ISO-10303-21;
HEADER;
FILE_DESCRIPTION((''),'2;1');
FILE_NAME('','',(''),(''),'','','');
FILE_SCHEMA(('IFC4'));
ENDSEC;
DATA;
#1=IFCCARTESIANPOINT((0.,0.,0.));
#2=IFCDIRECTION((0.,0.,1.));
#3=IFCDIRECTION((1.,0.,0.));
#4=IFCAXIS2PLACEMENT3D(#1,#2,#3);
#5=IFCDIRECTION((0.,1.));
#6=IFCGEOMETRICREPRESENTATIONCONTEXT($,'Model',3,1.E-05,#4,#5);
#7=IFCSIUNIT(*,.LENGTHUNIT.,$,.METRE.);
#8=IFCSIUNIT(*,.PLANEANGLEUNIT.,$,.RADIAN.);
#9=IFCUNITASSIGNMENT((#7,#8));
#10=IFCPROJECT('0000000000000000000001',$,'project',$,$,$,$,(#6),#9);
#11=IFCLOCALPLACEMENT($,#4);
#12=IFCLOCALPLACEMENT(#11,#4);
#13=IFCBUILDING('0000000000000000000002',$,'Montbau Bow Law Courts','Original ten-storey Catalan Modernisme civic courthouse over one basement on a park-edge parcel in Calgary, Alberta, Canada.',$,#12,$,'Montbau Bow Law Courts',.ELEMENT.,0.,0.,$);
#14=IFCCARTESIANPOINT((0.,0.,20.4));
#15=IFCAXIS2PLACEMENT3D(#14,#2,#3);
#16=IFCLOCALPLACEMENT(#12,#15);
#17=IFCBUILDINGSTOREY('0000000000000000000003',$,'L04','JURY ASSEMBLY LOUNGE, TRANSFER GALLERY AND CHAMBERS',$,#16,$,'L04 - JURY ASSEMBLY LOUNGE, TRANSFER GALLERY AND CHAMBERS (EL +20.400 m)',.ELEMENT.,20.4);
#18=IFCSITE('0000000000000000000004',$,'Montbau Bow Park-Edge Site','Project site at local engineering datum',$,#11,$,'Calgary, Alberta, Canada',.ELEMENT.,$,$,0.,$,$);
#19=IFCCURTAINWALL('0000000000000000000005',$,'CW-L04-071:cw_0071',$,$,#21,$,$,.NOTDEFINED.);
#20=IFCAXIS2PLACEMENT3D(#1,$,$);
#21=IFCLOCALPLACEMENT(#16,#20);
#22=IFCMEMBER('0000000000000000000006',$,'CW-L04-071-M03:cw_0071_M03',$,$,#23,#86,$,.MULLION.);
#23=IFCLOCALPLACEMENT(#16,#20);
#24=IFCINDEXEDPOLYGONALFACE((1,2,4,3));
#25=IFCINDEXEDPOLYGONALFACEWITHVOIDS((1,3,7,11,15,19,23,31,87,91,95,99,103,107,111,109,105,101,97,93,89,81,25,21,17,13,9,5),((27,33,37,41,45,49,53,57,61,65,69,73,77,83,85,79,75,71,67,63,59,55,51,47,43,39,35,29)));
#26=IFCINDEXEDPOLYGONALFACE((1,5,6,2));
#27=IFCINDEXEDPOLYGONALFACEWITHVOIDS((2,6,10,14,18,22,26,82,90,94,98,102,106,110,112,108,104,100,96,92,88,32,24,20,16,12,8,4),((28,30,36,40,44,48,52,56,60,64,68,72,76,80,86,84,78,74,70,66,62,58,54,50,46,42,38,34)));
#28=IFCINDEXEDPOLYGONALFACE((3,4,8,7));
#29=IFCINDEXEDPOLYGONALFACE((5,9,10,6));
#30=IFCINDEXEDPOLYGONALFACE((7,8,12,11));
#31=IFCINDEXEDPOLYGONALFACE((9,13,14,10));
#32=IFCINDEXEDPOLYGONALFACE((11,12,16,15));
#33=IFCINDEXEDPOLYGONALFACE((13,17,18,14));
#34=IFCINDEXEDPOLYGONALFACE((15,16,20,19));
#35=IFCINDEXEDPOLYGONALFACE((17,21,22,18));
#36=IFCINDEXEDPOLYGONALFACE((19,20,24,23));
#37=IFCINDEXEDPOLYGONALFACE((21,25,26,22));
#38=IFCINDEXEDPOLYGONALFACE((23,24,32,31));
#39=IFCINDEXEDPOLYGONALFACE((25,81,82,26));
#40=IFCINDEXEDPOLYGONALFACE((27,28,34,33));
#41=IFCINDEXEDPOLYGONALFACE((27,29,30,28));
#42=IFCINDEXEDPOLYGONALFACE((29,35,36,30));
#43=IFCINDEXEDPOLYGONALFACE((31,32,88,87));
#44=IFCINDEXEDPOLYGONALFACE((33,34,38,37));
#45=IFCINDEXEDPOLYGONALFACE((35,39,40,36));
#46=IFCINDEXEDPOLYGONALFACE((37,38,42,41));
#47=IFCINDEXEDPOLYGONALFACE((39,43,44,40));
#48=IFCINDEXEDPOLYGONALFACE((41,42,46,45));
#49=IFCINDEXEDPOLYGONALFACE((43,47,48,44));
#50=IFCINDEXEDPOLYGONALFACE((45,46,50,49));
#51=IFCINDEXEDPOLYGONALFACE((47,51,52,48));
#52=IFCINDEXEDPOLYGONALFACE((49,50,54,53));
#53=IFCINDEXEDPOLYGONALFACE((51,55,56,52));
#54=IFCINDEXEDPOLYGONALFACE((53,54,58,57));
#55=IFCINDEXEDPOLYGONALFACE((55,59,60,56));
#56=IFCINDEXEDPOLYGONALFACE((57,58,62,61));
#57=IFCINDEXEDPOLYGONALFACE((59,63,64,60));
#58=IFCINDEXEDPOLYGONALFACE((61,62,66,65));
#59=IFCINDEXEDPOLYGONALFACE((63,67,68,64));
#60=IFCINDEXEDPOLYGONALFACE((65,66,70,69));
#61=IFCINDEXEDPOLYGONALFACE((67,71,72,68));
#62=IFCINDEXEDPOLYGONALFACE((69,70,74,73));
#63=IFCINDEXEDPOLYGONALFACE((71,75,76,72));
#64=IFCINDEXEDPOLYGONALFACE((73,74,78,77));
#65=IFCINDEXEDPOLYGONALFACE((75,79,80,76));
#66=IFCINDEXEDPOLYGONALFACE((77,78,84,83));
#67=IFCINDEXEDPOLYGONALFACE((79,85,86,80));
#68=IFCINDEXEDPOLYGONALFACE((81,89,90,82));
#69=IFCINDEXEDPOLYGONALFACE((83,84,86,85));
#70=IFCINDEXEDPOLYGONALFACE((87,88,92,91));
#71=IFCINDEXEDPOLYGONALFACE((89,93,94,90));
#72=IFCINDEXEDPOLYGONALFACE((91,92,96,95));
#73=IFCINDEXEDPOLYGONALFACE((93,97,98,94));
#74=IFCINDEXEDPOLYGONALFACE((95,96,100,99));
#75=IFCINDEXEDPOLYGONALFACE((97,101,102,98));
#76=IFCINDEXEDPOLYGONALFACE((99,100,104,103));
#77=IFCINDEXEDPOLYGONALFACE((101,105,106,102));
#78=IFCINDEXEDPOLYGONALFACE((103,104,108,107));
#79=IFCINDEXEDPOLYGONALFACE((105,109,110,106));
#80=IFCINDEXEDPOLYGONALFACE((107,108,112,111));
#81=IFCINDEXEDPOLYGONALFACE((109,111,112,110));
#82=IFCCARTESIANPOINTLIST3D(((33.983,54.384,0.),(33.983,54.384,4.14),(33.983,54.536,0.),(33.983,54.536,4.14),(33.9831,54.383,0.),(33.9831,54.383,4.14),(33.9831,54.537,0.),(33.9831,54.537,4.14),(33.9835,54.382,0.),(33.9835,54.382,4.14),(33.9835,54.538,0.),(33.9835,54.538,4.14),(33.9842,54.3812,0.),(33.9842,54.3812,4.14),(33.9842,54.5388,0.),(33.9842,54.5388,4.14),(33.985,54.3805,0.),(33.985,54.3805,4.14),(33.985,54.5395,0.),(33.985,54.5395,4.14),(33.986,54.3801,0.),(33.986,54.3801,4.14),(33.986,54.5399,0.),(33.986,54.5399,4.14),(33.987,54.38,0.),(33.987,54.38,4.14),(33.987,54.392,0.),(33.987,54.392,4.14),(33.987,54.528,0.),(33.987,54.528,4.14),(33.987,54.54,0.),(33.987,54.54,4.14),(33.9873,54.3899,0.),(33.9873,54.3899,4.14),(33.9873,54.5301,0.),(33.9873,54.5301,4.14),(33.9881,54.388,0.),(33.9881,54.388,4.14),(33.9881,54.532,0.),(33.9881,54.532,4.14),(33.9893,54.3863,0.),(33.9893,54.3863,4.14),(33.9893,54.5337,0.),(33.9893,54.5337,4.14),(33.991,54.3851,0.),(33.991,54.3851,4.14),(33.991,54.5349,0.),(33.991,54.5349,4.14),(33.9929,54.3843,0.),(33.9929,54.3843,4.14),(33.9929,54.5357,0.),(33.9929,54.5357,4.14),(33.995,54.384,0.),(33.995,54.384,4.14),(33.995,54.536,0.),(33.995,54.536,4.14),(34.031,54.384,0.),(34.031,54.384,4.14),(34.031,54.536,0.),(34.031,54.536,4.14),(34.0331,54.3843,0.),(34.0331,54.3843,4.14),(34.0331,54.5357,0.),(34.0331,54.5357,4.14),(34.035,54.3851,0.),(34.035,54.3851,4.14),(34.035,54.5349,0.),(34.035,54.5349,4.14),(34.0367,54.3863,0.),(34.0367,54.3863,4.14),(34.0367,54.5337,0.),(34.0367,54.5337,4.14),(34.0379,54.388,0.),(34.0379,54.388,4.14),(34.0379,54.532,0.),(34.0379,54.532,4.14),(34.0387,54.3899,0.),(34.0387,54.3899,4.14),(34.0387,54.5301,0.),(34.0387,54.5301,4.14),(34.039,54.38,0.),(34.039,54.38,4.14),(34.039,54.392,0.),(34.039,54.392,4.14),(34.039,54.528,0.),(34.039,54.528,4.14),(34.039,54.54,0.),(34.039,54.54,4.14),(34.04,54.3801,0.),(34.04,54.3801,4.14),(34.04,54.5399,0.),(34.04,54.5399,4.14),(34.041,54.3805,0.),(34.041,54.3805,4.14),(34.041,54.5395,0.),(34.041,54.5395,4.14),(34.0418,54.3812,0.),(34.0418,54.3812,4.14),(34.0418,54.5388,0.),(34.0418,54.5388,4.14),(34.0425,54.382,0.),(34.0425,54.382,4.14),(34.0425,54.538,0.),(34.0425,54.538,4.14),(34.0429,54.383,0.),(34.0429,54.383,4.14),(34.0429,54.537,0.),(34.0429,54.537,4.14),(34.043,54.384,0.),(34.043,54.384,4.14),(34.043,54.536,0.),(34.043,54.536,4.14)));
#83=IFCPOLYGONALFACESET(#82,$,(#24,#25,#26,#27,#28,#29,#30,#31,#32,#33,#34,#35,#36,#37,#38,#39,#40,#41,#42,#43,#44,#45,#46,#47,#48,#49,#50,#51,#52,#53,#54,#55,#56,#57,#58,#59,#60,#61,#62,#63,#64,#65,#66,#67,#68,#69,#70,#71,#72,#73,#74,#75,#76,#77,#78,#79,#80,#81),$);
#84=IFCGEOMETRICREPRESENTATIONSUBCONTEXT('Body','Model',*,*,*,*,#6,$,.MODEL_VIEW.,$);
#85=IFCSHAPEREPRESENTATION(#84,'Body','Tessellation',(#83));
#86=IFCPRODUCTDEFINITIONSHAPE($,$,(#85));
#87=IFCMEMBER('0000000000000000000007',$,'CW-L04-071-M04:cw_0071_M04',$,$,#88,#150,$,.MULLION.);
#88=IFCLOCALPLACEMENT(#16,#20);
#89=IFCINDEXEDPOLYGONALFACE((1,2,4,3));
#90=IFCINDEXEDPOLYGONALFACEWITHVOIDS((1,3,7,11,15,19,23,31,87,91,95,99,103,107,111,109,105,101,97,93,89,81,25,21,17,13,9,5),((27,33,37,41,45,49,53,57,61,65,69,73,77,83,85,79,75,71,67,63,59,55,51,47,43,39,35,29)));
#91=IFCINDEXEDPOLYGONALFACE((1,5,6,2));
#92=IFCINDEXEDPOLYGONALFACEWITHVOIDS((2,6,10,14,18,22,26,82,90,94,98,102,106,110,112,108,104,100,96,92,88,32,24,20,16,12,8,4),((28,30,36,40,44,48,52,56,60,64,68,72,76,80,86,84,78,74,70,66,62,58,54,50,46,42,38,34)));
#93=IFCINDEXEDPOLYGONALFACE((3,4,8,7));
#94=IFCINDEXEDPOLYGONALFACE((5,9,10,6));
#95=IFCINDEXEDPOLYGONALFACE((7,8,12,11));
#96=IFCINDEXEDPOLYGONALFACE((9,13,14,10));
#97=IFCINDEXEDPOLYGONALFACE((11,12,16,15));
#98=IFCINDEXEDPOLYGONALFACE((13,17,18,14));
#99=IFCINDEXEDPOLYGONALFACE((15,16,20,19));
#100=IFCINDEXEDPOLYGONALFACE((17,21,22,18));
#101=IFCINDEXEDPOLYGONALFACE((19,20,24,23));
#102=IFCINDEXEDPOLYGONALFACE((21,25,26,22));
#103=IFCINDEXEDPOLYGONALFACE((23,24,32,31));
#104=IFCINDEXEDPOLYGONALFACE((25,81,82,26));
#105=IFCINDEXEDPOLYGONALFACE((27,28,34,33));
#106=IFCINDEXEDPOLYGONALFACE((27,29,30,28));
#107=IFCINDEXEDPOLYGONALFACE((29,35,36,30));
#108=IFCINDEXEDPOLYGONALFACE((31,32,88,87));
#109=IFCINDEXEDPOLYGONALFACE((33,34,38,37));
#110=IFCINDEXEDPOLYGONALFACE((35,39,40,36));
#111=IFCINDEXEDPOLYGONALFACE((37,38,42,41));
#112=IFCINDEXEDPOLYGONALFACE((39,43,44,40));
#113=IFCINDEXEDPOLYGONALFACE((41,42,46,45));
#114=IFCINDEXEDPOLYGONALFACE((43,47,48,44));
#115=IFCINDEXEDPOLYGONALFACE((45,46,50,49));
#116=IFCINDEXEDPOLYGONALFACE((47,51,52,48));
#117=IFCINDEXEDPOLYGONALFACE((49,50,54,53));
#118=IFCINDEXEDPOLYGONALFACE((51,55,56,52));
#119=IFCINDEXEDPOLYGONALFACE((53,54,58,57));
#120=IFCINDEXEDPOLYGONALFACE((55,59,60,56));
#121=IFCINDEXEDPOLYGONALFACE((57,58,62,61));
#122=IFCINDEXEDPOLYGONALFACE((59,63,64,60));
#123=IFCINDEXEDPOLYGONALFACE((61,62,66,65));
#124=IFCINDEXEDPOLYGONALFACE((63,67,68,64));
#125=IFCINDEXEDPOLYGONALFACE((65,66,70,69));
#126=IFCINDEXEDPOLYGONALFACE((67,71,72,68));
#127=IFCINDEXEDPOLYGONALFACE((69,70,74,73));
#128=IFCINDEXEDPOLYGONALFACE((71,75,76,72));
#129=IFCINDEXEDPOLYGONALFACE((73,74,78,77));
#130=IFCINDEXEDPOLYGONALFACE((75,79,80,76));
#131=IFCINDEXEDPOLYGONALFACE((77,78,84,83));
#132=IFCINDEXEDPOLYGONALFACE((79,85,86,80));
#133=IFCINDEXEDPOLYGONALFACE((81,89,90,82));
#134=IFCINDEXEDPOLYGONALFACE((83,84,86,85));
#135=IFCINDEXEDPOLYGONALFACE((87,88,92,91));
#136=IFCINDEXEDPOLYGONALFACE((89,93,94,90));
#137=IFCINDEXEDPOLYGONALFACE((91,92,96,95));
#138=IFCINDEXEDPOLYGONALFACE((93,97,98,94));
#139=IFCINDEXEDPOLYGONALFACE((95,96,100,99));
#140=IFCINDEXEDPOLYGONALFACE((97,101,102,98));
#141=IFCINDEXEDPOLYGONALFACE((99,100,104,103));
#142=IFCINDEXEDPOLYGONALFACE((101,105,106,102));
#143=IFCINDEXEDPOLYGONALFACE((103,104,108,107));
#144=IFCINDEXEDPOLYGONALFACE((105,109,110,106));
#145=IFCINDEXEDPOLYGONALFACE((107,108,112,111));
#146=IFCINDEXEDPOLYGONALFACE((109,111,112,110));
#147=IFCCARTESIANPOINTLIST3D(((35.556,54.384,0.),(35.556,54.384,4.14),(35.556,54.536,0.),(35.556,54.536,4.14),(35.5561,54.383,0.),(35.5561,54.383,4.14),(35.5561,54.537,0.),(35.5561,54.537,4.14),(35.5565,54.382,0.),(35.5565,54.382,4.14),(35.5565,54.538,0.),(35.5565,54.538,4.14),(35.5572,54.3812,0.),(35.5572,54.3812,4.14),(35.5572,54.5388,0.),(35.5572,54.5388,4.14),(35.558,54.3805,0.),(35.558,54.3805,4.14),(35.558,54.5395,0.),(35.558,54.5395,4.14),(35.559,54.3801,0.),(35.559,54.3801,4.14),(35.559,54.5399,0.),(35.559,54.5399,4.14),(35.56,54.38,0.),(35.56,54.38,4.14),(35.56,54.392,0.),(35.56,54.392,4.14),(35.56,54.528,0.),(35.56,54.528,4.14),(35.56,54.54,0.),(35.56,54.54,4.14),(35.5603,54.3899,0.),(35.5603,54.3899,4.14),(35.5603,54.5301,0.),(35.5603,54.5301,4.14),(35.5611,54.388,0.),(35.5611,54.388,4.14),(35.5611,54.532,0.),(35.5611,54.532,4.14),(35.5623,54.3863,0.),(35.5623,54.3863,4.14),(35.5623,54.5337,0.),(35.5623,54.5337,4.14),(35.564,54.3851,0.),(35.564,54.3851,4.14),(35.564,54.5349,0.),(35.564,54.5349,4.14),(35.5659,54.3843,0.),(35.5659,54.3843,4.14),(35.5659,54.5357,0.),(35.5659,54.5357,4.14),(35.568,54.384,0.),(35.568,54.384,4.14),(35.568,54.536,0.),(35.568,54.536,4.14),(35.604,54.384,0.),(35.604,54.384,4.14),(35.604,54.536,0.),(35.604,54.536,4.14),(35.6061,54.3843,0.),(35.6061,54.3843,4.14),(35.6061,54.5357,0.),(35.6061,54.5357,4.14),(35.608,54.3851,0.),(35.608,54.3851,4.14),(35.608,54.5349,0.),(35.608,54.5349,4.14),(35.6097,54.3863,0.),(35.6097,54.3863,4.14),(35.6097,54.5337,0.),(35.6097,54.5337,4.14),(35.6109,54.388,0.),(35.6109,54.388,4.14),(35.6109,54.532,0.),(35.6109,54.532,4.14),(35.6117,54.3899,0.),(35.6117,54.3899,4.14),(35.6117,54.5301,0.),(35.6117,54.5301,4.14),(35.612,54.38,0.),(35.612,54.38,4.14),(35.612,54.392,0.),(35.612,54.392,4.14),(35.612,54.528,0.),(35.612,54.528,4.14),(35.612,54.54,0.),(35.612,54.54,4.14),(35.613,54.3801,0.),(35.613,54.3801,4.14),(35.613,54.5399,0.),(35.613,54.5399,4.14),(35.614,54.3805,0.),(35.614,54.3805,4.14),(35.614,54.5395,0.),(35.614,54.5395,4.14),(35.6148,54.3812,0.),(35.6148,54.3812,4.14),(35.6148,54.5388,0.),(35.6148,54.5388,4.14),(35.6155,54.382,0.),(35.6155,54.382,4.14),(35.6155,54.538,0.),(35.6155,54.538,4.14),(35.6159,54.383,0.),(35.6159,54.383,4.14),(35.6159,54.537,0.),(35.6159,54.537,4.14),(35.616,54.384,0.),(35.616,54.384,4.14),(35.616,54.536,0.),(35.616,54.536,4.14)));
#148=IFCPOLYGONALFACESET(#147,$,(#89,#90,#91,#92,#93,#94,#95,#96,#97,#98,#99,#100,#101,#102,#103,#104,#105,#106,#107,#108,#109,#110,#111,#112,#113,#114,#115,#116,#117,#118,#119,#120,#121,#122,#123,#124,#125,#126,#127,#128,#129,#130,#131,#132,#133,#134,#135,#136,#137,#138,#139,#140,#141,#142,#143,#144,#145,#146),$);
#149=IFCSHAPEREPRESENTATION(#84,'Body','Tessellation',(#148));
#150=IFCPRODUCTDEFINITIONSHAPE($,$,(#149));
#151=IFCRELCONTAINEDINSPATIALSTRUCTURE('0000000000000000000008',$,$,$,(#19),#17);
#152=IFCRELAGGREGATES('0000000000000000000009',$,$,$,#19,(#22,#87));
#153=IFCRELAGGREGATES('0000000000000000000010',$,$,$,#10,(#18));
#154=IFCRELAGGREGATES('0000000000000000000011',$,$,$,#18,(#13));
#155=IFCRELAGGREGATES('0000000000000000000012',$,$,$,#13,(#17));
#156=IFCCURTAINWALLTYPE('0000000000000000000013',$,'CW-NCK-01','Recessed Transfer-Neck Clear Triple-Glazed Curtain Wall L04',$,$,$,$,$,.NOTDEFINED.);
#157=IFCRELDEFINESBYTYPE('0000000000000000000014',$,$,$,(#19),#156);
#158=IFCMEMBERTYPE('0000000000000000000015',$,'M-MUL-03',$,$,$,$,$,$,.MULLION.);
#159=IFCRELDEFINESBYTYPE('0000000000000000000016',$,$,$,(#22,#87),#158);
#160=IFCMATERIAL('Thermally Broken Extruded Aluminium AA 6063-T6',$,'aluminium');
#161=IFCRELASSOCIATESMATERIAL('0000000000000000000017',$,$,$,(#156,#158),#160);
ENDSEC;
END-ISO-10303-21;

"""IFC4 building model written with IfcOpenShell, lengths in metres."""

from ifc_helpers import new_model, si_unit, direction, frame, origin_with_axes, origin_2d_with_axis, place, context, subcontext, project, spatial, hollow_rectangle, extrude, material, material_profile, profile_set, type_object, element, aggregate, save


model = new_model("IFC4")

# Units and contexts
model_context = context("Model", 3, precision=1e-05, world=origin_with_axes(), true_north=direction((0.0, 1.0)))
body_context = subcontext(model_context, "Body", "Model", "MODEL_VIEW")
ifc_project = project(units=[si_unit("LENGTHUNIT", "METRE"), si_unit("PLANEANGLEUNIT", "RADIAN")], contexts=[model_context])

# Site, building, storey
site_placement = place(None, origin_with_axes())
site = spatial("IfcSite", under=ifc_project, at=site_placement, Name="Montbau Bow Park-Edge Site", Description="Project site at local engineering datum", LongName="Calgary, Alberta, Canada", CompositionType="ELEMENT", RefElevation=0.0)
building_placement = place(site_placement, origin_with_axes())
building = spatial("IfcBuilding", under=site, at=building_placement, Name="Montbau Bow Law Courts", Description="Original ten-storey Catalan Modernisme civic courthouse over one basement on a park-edge parcel in Calgary, Alberta, Canada.", LongName="Montbau Bow Law Courts", CompositionType="ELEMENT", ElevationOfRefHeight=0.0, ElevationOfTerrain=0.0)
storey_placement = place(building_placement, frame((0.0, 0.0, 20.4), z_axis=(0.0, 0.0, 1.0), x_axis=(1.0, 0.0, 0.0)))
storey = spatial("IfcBuildingStorey", under=building, at=storey_placement, Name="L04", Description="JURY ASSEMBLY LOUNGE, TRANSFER GALLERY AND CHAMBERS", LongName="L04 - JURY ASSEMBLY LOUNGE, TRANSFER GALLERY AND CHAMBERS (EL +20.400 m)", CompositionType="ELEMENT", Elevation=20.4)

# Curtain wall, members
ifc_material_1 = material(Name="Thermally Broken Extruded Aluminium AA 6063-T6", Category="aluminium")
curtain_wall_type = type_object("IfcCurtainWallType", Name="CW-NCK-01", Description="Recessed Transfer-Neck Clear Triple-Glazed Curtain Wall L04", PredefinedType="NOTDEFINED", material=ifc_material_1)
curtain_wall_placement = place(None, frame((30.867, 54.46, 20.4), z_axis=(0.0, 0.0, 1.0), x_axis=(1.0, 0.0, 0.0)))
curtain_wall = element("IfcCurtainWall", 1, at=curtain_wall_placement, inside=storey, type_object=curtain_wall_type, Name="CW-L04-071:cw_0071", PredefinedType="NOTDEFINED")
ifc_material_profile_1 = material_profile(ifc_material_1, hollow_rectangle(XDim=0.06, YDim=0.16, WallThickness=0.004, InnerFilletRadius=0.008, OuterFilletRadius=0.004, at=origin_2d_with_axis()), Name="CWM-160X60", Category="Main", Priority=0)
ifc_profile_set_1 = profile_set([ifc_material_profile_1], Name="Thermally Broken Extruded Aluminium AA 6063-T6")
member_type_1 = type_object("IfcMemberType", Name="M-MUL-03", PredefinedType="MULLION", material=ifc_profile_set_1)
member_1_placement = place(None, frame((34.013, 54.46, 20.4), z_axis=(0.0, 0.0, 1.0), x_axis=(1.0, 0.0, 0.0)))
member_1 = element("IfcMember", 2, at=member_1_placement, type_object=member_type_1, Name="CW-L04-071-M03:cw_0071_M03", PredefinedType="MULLION", context=body_context, shape_type="SweptSolid", body=[
    extrude(hollow_rectangle(XDim=0.06, YDim=0.16, WallThickness=0.004, InnerFilletRadius=0.008, OuterFilletRadius=0.004, at=origin_2d_with_axis()), origin_with_axes(), (0.0, 0.0, 1.0), 4.14),
])
member_2_placement = place(None, frame((35.586, 54.46, 20.4), z_axis=(0.0, 0.0, 1.0), x_axis=(1.0, 0.0, 0.0)))
member_2 = element("IfcMember", 3, at=member_2_placement, type_object=member_type_1, Name="CW-L04-071-M04:cw_0071_M04", PredefinedType="MULLION", context=body_context, shape_type="SweptSolid", body=[
    extrude(hollow_rectangle(XDim=0.06, YDim=0.16, WallThickness=0.004, InnerFilletRadius=0.008, OuterFilletRadius=0.004, at=origin_2d_with_axis()), origin_with_axes(), (0.0, 0.0, 1.0), 4.14),
])
aggregate(curtain_wall, [member_1, member_2])

save(model, "model.ifc")
